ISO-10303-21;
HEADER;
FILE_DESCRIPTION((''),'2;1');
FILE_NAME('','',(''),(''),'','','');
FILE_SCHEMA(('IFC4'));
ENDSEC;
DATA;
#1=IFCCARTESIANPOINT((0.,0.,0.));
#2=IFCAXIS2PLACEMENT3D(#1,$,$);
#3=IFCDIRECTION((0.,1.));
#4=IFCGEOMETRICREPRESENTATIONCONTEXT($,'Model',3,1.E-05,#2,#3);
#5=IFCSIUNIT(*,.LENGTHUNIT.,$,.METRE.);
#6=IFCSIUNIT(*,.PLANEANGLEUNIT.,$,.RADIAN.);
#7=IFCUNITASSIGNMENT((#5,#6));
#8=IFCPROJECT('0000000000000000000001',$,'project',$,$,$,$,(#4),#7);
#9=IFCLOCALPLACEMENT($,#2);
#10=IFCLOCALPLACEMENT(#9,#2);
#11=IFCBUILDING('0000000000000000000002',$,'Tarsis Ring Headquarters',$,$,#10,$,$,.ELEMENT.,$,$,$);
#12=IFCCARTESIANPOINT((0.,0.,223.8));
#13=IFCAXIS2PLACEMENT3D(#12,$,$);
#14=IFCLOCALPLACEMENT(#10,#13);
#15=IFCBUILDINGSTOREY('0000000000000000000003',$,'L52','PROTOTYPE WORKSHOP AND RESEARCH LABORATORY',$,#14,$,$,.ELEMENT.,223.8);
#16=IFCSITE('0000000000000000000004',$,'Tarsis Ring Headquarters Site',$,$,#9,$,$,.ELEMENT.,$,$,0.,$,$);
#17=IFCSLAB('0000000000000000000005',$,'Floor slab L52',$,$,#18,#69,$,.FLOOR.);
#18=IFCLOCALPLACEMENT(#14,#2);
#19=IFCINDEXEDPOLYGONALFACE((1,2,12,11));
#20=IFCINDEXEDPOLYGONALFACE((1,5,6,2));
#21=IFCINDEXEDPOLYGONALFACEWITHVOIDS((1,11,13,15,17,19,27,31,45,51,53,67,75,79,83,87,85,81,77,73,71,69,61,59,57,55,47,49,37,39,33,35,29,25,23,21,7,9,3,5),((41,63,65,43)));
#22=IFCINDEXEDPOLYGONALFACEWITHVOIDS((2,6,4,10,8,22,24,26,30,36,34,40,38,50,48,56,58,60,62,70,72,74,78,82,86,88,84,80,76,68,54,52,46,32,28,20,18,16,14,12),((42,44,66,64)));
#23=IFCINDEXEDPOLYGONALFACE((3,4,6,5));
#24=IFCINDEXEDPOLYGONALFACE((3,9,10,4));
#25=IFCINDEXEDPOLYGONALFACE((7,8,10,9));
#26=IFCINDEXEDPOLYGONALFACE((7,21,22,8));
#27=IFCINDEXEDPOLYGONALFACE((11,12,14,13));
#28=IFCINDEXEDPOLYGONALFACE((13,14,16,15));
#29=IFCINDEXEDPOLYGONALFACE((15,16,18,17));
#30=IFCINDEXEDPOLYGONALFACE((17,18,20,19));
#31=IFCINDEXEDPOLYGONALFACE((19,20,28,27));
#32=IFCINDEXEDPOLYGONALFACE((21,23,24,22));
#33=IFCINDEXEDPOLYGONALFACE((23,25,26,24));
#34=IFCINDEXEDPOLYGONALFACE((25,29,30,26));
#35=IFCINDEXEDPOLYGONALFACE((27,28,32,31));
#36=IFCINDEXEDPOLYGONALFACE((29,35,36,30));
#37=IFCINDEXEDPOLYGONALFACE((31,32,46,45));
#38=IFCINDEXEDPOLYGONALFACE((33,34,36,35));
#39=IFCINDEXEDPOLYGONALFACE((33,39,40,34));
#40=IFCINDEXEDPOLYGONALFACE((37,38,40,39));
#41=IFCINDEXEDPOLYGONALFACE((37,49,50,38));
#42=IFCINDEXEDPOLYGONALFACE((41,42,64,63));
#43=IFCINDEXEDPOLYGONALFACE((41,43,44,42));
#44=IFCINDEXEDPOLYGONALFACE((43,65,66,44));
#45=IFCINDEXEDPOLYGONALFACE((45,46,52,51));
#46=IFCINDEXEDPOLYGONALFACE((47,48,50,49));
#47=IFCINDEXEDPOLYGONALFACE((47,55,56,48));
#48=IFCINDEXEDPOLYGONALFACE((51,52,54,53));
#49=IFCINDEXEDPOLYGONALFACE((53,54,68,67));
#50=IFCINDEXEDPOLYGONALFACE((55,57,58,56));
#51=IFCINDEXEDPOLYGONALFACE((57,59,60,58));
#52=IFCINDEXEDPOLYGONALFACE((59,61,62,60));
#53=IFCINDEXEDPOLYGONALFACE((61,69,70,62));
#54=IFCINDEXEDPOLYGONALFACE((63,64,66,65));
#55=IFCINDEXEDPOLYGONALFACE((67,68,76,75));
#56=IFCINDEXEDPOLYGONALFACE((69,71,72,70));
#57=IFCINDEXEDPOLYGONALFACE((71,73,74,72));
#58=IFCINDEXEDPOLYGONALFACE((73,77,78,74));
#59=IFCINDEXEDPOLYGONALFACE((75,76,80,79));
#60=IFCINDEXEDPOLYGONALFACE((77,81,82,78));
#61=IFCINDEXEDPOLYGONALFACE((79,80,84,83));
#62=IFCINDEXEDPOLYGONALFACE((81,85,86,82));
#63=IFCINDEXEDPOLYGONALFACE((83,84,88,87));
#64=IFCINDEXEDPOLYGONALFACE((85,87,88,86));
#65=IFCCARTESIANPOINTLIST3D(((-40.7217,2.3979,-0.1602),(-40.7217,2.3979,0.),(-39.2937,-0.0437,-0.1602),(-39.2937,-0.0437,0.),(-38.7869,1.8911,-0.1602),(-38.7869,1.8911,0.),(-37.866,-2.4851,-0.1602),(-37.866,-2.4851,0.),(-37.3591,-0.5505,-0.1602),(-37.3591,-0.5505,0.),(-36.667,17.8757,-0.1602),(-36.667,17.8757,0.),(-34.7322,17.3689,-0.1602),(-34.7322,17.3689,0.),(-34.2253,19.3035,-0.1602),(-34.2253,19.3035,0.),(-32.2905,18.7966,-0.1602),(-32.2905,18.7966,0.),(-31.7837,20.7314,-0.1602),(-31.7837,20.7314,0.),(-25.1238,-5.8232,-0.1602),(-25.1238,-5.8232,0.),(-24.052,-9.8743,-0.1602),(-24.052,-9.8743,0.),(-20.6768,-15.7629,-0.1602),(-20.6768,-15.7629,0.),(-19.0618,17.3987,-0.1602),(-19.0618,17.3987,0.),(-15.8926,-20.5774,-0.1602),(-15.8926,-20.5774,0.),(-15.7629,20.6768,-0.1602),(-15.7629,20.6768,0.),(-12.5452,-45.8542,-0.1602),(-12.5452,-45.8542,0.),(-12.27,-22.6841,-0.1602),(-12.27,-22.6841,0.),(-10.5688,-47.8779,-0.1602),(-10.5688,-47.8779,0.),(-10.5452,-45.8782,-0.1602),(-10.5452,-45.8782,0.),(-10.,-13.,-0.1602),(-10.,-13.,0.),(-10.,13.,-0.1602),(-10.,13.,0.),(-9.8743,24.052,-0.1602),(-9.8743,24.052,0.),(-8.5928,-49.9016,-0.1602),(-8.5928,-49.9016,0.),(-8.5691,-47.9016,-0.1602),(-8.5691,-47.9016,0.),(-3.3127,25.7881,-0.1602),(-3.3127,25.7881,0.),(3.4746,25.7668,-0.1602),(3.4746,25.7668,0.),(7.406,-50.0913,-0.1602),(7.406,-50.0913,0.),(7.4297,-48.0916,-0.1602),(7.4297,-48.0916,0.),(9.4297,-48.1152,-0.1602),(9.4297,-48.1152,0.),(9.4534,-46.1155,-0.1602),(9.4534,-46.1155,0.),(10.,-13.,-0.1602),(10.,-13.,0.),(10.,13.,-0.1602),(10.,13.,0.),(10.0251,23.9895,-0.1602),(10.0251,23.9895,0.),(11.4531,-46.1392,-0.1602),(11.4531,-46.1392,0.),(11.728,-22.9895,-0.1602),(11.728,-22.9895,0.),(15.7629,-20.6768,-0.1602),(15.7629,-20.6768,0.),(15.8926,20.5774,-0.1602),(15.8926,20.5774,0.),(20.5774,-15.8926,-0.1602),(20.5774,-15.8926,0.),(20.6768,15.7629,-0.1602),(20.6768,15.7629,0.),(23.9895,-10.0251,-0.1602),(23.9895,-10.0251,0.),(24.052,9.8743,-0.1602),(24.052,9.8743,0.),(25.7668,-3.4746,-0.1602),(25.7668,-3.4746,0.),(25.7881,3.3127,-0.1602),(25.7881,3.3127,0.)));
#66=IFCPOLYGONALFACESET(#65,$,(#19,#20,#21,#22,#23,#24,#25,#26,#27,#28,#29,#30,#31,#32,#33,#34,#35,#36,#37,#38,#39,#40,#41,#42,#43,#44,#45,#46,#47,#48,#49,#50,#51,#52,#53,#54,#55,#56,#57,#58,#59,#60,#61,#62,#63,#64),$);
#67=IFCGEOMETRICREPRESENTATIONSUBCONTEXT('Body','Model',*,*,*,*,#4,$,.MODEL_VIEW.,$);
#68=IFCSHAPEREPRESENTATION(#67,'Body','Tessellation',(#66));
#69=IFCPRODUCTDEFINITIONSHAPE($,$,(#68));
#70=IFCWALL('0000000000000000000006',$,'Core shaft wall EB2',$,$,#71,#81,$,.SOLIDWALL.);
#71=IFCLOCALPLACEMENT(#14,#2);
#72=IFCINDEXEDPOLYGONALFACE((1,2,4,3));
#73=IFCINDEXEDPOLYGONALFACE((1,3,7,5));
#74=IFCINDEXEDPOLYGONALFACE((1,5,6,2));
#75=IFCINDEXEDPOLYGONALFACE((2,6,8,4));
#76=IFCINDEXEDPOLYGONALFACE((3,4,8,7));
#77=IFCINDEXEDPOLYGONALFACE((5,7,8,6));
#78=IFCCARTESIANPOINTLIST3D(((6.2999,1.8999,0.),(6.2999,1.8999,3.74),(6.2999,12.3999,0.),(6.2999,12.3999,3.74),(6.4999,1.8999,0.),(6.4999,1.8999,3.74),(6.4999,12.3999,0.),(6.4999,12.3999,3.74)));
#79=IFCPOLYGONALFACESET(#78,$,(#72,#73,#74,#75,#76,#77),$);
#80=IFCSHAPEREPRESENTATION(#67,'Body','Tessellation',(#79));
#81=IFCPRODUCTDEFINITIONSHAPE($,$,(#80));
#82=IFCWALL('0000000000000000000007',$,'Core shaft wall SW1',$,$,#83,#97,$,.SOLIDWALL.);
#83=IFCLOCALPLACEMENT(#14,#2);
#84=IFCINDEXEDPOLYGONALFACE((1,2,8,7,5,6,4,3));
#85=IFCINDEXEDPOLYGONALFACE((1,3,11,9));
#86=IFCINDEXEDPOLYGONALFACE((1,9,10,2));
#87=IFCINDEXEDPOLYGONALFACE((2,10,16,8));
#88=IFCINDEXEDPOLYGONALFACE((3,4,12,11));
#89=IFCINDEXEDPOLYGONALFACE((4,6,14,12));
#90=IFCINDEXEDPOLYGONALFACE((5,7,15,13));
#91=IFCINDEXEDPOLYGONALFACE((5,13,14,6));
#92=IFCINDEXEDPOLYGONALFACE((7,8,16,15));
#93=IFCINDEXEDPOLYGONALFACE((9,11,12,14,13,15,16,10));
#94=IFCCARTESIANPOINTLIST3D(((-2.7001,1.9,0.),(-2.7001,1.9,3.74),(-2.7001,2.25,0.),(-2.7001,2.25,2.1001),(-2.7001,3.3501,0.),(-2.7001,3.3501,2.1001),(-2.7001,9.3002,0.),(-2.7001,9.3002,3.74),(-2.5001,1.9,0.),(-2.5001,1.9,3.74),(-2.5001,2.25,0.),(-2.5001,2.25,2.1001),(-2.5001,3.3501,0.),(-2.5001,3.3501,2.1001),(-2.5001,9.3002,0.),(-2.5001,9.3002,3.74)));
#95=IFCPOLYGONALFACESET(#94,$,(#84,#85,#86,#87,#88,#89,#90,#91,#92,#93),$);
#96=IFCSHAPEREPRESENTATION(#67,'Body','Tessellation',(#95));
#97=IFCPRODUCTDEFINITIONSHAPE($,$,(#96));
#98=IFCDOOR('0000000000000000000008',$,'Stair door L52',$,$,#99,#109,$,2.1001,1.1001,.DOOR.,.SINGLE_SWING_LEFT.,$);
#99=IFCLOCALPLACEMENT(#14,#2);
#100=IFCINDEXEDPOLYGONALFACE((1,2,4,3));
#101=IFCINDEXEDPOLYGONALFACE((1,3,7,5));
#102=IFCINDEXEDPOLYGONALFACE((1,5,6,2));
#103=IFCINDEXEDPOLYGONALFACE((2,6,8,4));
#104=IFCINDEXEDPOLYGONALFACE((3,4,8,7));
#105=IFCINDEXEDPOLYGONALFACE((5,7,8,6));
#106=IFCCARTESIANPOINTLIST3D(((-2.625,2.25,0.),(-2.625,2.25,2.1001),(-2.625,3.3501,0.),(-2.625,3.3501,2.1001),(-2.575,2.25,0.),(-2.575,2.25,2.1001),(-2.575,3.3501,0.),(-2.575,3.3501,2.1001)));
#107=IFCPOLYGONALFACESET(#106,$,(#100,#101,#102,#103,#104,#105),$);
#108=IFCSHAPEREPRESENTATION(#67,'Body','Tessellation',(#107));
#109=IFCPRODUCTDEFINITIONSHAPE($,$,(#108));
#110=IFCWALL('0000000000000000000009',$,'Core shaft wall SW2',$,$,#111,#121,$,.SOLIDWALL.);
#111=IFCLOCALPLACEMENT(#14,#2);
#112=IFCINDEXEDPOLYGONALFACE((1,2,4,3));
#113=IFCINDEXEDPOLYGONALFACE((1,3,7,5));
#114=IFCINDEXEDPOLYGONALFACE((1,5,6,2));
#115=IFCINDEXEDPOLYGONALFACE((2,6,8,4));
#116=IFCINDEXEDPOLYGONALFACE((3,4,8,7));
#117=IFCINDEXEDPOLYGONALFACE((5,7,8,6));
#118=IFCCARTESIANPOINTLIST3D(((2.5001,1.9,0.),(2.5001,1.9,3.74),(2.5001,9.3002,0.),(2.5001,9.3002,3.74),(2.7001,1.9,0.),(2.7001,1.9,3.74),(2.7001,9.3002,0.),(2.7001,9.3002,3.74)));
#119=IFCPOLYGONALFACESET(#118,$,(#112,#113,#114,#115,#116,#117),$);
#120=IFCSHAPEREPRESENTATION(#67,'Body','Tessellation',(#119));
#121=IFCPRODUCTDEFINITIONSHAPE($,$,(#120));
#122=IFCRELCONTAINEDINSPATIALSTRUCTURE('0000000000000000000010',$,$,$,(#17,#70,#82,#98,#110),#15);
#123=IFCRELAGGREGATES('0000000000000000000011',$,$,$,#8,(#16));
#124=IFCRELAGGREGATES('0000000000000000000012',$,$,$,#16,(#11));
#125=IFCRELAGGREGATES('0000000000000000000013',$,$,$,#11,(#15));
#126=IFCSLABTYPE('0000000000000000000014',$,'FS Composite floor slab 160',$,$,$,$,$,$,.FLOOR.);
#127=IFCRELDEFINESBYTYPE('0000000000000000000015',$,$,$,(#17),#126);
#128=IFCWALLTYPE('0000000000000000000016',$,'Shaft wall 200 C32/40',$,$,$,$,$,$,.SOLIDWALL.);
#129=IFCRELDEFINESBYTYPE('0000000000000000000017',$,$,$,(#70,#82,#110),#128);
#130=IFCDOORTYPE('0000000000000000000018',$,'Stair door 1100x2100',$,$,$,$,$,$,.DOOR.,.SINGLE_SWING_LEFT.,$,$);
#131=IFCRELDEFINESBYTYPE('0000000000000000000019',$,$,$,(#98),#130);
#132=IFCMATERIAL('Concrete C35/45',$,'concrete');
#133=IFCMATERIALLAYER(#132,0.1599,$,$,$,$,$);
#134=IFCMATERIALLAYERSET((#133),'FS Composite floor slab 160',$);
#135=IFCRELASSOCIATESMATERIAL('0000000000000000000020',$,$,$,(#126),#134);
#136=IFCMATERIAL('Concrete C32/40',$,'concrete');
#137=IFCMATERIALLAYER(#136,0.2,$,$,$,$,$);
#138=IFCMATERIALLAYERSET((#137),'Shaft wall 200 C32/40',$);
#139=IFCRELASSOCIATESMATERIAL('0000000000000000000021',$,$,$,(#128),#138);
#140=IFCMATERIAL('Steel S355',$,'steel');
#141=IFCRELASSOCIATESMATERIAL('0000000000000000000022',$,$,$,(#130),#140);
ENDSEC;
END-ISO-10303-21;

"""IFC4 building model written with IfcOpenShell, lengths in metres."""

from ifc_helpers import new_model, si_unit, direction, frame, frame_2d, origin, place, context, subcontext, project, spatial, polyline, rectangle, outline, extrude, material, layer, layer_set, type_object, element, fill, save


model = new_model("IFC4")

# Units and contexts
model_context = context("Model", 3, precision=1e-05, world=origin(), true_north=direction((0.0, 1.0)))
body_context = subcontext(model_context, "Body", "Model", "MODEL_VIEW")
ifc_project = project(units=[si_unit("LENGTHUNIT", "METRE"), si_unit("PLANEANGLEUNIT", "RADIAN")], contexts=[model_context])

# Site, building, storey
site_placement = place(None, origin())
site = spatial("IfcSite", under=ifc_project, at=site_placement, Name="Tarsis Ring Headquarters Site", CompositionType="ELEMENT", RefElevation=0.0)
building_placement = place(site_placement, origin())
building = spatial("IfcBuilding", under=site, at=building_placement, Name="Tarsis Ring Headquarters", CompositionType="ELEMENT")
storey_placement = place(building_placement, frame((0.0, 0.0, 223.8)))
storey = spatial("IfcBuildingStorey", under=building, at=storey_placement, Name="L52", Description="PROTOTYPE WORKSHOP AND RESEARCH LABORATORY", CompositionType="ELEMENT", Elevation=223.8)

# Slab
ifc_material_1 = material(Name="Concrete C35/45", Category="concrete")
ifc_layer_1 = layer(ifc_material_1, 0.1599)
ifc_layer_set_1 = layer_set([ifc_layer_1], Name="FS Composite floor slab 160")
slab_type_1 = type_object("IfcSlabType", Name="FS Composite floor slab 160", PredefinedType="FLOOR", material=ifc_layer_set_1)
slab_1_placement = place(storey_placement, frame((0.0, 0.0, -0.1602)))
element("IfcSlab", 1, at=slab_1_placement, inside=storey, type_object=slab_type_1, Name="Floor slab L52", PredefinedType="FLOOR", context=body_context, shape_type="SweptSolid", body=[
    extrude(outline(polyline([(-25.1238, -5.8232), (-24.052, -9.8743), (-20.6768, -15.7629), (-15.8926, -20.5774), (-12.27, -22.6841), (-12.5452, -45.8542), (-10.5452, -45.8782), (-10.5688, -47.8779), (-8.5691, -47.9016), (-8.5928, -49.9016), (7.406, -50.0913), (7.4297, -48.0916), (9.4297, -48.1152), (9.4534, -46.1155), (11.4531, -46.1392), (11.728, -22.9895), (15.7629, -20.6768), (20.5774, -15.8926), (23.9895, -10.0251), (25.7668, -3.4746), (25.7881, 3.3127), (24.052, 9.8743), (20.6768, 15.7629), (15.8926, 20.5774), (10.0251, 23.9895), (3.4746, 25.7668), (-3.3127, 25.7881), (-9.8743, 24.052), (-15.7629, 20.6768), (-19.0618, 17.3987), (-31.7837, 20.7314), (-32.2905, 18.7966), (-34.2253, 19.3035), (-34.7322, 17.3689), (-36.667, 17.8757), (-40.7217, 2.3979), (-38.7869, 1.8911), (-39.2937, -0.0437), (-37.3591, -0.5505), (-37.866, -2.4851), (-25.1238, -5.8232)]), holes=[polyline([(-10.0, -13.0), (-10.0, 13.0), (10.0, 13.0), (10.0, -13.0), (-10.0, -13.0)])]), origin(), (0.0, 0.0, 1.0), 0.1602),
])

# Wall
ifc_material_2 = material(Name="Concrete C32/40", Category="concrete")
ifc_layer_2 = layer(ifc_material_2, 0.2)
ifc_layer_set_2 = layer_set([ifc_layer_2], Name="Shaft wall 200 C32/40")
wall_type = type_object("IfcWallType", Name="Shaft wall 200 C32/40", PredefinedType="SOLIDWALL", material=ifc_layer_set_2)
wall_1_placement = place(storey_placement, frame((6.3999, 1.8999, 0.0), z_axis=(0.0, 0.0, 1.0), x_axis=(0.0, 1.0, 0.0)))
element("IfcWall", 2, at=wall_1_placement, inside=storey, type_object=wall_type, Name="Core shaft wall EB2", PredefinedType="SOLIDWALL", context=body_context, shape_type="SweptSolid", body=[
    extrude(rectangle(XDim=10.5, YDim=0.2, at=frame_2d((5.25, 0.0))), origin(), (0.0, 0.0, 1.0), 3.74),
])

# Wall, opening, door
wall_2_placement = place(storey_placement, frame((-2.6001, 1.8999, 0.0), z_axis=(0.0, 0.0, 1.0), x_axis=(0.0, 1.0, 0.0)))
wall_2 = element("IfcWall", 3, at=wall_2_placement, inside=storey, type_object=wall_type, Name="Core shaft wall SW1", PredefinedType="SOLIDWALL", context=body_context, shape_type="SweptSolid", body=[
    extrude(rectangle(XDim=7.4001, YDim=0.2, at=frame_2d((3.7002, 0.0))), origin(), (0.0, 0.0, 1.0), 3.74),
])
opening_placement = place(wall_2_placement, frame((0.3501, 0.0, 0.0)))
opening = element("IfcOpeningElement", 4, at=opening_placement, cuts=wall_2, PredefinedType="OPENING", context=body_context, shape_type="SweptSolid", body=[
    extrude(rectangle(XDim=1.1001, YDim=2.1001, at=frame_2d((0.55, 1.05))), frame((0.0, 0.1099, 0.0), z_axis=(0.0, -1.0, 0.0), x_axis=(1.0, 0.0, 0.0)), (0.0, 0.0, 1.0), 0.22),
])
ifc_material_3 = material(Name="Steel S355", Category="steel")
door_type = type_object("IfcDoorType", Name="Stair door 1100x2100", OperationType="SINGLE_SWING_LEFT", PredefinedType="DOOR", material=ifc_material_3)
door_placement = place(opening_placement, origin())
door = element("IfcDoor", 5, at=door_placement, inside=storey, type_object=door_type, Name="Stair door L52", OperationType="SINGLE_SWING_LEFT", OverallHeight=2.1001, OverallWidth=1.1001, PredefinedType="DOOR", context=body_context, shape_type="SweptSolid", body=[
    extrude(rectangle(XDim=1.1001, YDim=2.1001, at=frame_2d((0.55, 1.05))), frame((0.0, 0.0249, 0.0), z_axis=(0.0, -1.0, 0.0), x_axis=(1.0, 0.0, 0.0)), (0.0, 0.0, 1.0), 0.05),
])
fill(opening, door)

# Wall
wall_3_placement = place(storey_placement, frame((2.6001, 1.8999, 0.0), z_axis=(0.0, 0.0, 1.0), x_axis=(0.0, 1.0, 0.0)))
element("IfcWall", 6, at=wall_3_placement, inside=storey, type_object=wall_type, Name="Core shaft wall SW2", PredefinedType="SOLIDWALL", context=body_context, shape_type="SweptSolid", body=[
    extrude(rectangle(XDim=7.4001, YDim=0.2, at=frame_2d((3.7002, 0.0))), origin(), (0.0, 0.0, 1.0), 3.74),
])

save(model, "model.ifc")
